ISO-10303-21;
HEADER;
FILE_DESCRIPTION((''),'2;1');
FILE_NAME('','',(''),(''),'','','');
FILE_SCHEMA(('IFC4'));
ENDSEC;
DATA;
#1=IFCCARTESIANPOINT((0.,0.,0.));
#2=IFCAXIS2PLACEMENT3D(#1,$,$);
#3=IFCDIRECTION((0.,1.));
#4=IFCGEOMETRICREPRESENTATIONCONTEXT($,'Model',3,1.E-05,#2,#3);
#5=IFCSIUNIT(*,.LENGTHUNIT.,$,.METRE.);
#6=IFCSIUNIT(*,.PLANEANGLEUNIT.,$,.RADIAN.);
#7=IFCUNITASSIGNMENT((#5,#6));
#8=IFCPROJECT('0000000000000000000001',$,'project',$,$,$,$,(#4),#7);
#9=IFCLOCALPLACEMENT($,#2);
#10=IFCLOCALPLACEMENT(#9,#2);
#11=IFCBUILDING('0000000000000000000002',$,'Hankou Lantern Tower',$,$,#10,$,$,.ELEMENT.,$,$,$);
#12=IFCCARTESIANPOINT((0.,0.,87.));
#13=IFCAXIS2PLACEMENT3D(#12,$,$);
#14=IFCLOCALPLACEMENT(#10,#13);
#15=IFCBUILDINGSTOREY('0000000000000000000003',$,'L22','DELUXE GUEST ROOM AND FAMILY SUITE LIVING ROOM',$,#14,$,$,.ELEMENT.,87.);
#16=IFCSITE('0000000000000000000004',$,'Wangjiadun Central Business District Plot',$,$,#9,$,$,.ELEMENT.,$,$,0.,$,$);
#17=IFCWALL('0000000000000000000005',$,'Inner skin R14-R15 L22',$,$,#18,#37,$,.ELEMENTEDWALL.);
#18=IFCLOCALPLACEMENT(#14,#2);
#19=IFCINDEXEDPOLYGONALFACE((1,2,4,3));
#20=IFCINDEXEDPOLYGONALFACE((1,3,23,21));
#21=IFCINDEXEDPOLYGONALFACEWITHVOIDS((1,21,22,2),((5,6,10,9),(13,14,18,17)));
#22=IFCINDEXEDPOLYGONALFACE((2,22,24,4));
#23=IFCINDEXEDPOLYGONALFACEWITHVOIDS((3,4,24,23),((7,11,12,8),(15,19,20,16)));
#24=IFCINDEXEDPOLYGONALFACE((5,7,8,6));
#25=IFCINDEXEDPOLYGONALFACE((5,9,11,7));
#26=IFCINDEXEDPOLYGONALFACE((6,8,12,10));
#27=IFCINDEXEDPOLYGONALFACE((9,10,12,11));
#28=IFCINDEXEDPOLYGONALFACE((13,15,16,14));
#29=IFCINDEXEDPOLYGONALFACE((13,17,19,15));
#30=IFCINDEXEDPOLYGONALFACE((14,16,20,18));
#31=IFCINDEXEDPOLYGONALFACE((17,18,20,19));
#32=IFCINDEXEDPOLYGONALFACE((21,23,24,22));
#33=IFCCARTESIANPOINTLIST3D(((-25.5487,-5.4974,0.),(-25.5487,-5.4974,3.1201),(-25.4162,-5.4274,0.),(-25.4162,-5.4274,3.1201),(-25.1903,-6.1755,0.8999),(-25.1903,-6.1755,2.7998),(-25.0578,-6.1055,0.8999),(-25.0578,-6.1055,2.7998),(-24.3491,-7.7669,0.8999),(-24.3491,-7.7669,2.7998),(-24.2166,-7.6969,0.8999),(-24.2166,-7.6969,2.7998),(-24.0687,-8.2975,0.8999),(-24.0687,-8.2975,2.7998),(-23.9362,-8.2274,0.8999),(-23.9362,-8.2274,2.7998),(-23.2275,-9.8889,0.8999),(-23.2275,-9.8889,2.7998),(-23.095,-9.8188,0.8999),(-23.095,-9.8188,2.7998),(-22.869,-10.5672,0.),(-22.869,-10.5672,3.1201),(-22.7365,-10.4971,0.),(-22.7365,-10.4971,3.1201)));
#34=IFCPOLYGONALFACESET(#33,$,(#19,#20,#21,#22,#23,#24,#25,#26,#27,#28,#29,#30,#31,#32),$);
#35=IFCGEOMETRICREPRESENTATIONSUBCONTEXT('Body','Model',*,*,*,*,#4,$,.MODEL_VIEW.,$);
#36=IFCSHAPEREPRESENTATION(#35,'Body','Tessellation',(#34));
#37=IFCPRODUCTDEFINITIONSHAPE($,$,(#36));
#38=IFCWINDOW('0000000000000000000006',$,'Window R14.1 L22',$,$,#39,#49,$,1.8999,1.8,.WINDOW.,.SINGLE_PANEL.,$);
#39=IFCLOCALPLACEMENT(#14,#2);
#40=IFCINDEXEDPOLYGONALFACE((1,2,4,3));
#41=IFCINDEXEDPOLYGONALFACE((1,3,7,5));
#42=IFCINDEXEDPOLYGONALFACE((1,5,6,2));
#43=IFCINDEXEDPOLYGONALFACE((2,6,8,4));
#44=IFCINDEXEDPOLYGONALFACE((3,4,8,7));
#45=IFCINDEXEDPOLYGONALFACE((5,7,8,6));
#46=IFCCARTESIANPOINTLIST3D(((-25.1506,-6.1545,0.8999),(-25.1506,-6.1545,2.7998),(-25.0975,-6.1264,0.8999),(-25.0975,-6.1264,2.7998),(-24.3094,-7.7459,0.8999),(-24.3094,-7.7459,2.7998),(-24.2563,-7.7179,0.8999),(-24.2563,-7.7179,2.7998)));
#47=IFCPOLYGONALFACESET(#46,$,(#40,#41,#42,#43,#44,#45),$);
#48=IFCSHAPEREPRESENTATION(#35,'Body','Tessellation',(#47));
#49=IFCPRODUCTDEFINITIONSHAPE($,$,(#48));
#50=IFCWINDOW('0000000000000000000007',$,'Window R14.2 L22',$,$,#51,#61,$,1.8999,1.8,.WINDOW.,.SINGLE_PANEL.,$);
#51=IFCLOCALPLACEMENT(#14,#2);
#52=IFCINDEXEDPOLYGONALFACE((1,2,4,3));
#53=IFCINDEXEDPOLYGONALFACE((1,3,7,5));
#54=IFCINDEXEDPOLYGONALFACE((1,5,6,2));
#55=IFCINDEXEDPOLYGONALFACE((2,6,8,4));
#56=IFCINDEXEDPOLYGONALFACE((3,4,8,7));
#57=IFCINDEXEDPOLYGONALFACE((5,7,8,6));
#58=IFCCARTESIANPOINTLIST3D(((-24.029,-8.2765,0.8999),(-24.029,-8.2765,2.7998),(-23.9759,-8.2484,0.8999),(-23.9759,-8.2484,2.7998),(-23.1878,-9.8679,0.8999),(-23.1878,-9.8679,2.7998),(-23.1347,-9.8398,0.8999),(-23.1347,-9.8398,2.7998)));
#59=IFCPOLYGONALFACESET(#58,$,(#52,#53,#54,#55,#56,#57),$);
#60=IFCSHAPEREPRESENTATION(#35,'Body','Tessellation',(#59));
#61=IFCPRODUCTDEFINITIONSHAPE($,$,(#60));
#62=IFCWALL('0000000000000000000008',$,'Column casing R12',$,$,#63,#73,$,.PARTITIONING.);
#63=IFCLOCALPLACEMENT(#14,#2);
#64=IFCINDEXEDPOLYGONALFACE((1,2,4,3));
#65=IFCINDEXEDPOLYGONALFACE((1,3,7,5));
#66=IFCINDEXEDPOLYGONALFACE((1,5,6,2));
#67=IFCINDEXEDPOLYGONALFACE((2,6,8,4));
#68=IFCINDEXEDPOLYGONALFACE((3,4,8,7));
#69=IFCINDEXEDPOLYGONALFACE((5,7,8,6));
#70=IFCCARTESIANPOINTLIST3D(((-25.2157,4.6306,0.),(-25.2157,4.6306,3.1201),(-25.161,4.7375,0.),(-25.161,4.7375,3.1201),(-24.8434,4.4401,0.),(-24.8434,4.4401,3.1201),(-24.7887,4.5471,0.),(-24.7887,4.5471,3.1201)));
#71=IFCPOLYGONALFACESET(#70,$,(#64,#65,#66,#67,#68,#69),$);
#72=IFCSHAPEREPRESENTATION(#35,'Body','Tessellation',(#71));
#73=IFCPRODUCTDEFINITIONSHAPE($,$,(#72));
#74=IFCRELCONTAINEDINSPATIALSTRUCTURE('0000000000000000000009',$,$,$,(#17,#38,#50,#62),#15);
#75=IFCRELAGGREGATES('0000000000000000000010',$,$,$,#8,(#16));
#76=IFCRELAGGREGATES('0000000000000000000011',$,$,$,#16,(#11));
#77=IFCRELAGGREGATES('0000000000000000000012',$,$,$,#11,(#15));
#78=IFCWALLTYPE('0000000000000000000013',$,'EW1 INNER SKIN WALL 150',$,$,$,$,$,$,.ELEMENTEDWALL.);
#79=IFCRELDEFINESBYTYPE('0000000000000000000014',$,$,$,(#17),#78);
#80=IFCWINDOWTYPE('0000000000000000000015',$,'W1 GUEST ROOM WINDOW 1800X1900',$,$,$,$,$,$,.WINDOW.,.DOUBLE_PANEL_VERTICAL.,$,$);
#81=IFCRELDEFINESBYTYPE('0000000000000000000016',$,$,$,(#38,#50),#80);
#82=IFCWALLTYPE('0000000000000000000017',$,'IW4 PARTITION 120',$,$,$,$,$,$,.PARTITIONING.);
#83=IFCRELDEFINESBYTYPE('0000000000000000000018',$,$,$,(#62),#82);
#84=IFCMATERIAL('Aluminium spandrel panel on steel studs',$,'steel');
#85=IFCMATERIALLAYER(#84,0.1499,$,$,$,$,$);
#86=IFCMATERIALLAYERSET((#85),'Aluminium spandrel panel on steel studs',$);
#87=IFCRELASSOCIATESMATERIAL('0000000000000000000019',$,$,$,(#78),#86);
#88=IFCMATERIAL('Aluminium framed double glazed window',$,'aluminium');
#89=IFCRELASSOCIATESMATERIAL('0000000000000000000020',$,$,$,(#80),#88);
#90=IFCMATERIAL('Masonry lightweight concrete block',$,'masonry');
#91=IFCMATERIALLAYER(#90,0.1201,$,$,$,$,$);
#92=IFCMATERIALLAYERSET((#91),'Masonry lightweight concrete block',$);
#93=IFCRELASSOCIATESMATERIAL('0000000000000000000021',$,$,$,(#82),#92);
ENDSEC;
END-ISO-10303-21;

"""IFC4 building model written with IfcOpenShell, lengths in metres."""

from ifc_helpers import new_model, si_unit, direction, frame, frame_2d, origin, place, context, subcontext, project, spatial, rectangle, extrude, material, layer, layer_set, type_object, element, fill, save


model = new_model("IFC4")

# Units and contexts
model_context = context("Model", 3, precision=1e-05, world=origin(), true_north=direction((0.0, 1.0)))
body_context = subcontext(model_context, "Body", "Model", "MODEL_VIEW")
ifc_project = project(units=[si_unit("LENGTHUNIT", "METRE"), si_unit("PLANEANGLEUNIT", "RADIAN")], contexts=[model_context])

# Site, building, storey
site_placement = place(None, origin())
site = spatial("IfcSite", under=ifc_project, at=site_placement, Name="Wangjiadun Central Business District Plot", CompositionType="ELEMENT", RefElevation=0.0)
building_placement = place(site_placement, origin())
building = spatial("IfcBuilding", under=site, at=building_placement, Name="Hankou Lantern Tower", CompositionType="ELEMENT")
storey_placement = place(building_placement, frame((0.0, 0.0, 87.0)))
storey = spatial("IfcBuildingStorey", under=building, at=storey_placement, Name="L22", Description="DELUXE GUEST ROOM AND FAMILY SUITE LIVING ROOM", CompositionType="ELEMENT", Elevation=87.0)

# Wall, openings, windows
ifc_material_1 = material(Name="Aluminium spandrel panel on steel studs", Category="steel")
ifc_layer_1 = layer(ifc_material_1, 0.1499)
ifc_layer_set_1 = layer_set([ifc_layer_1], Name="Aluminium spandrel panel on steel studs")
wall_type_1 = type_object("IfcWallType", Name="EW1 INNER SKIN WALL 150", PredefinedType="ELEMENTEDWALL", material=ifc_layer_set_1)
ifc_material_2 = material(Name="Aluminium framed double glazed window", Category="aluminium")
window_type = type_object("IfcWindowType", Name="W1 GUEST ROOM WINDOW 1800X1900", PartitioningType="DOUBLE_PANEL_VERTICAL", PredefinedType="WINDOW", material=ifc_material_2)
wall_1_placement = place(storey_placement, frame((-25.4824, -5.4624, 0.0), z_axis=(0.0, 0.0, 1.0), x_axis=(0.467297, -0.8841, 0.0)))
wall_1 = element("IfcWall", 1, at=wall_1_placement, inside=storey, type_object=wall_type_1, Name="Inner skin R14-R15 L22", PredefinedType="ELEMENTEDWALL", context=body_context, shape_type="SweptSolid", body=[
    extrude(rectangle(XDim=5.7344, YDim=0.1499, at=frame_2d((2.8672, 0.0))), origin(), (0.0, 0.0, 1.0), 3.1201),
])
opening_1_placement = place(wall_1_placement, frame((0.7671, 0.0, 0.8999)))
opening_1 = element("IfcOpeningElement", 2, at=opening_1_placement, cuts=wall_1, PredefinedType="OPENING", context=body_context, shape_type="SweptSolid", body=[
    extrude(rectangle(XDim=1.8, YDim=1.8999, at=frame_2d((0.8999, 0.95))), frame((0.0, 0.085, 0.0), z_axis=(0.0, -1.0, 0.0), x_axis=(1.0, 0.0, 0.0)), (0.0, 0.0, 1.0), 0.1699),
])
opening_2_placement = place(wall_1_placement, frame((3.1672, 0.0, 0.8999)))
opening_2 = element("IfcOpeningElement", 3, at=opening_2_placement, cuts=wall_1, PredefinedType="OPENING", context=body_context, shape_type="SweptSolid", body=[
    extrude(rectangle(XDim=1.8, YDim=1.8999, at=frame_2d((0.8999, 0.95))), frame((0.0, 0.085, 0.0), z_axis=(0.0, -1.0, 0.0), x_axis=(1.0, 0.0, 0.0)), (0.0, 0.0, 1.0), 0.1699),
])
window_1_placement = place(opening_1_placement, origin())
window_1 = element("IfcWindow", 4, at=window_1_placement, inside=storey, type_object=window_type, Name="Window R14.1 L22", OverallHeight=1.8999, OverallWidth=1.8, PartitioningType="SINGLE_PANEL", PredefinedType="WINDOW", context=body_context, shape_type="SweptSolid", body=[
    extrude(rectangle(XDim=1.8, YDim=1.8999, at=frame_2d((0.8999, 0.95))), frame((0.0, 0.03, 0.0), z_axis=(0.0, -1.0, 0.0), x_axis=(1.0, 0.0, 0.0)), (0.0, 0.0, 1.0), 0.0601),
])
fill(opening_1, window_1)
window_2_placement = place(opening_2_placement, origin())
window_2 = element("IfcWindow", 5, at=window_2_placement, inside=storey, type_object=window_type, Name="Window R14.2 L22", OverallHeight=1.8999, OverallWidth=1.8, PartitioningType="SINGLE_PANEL", PredefinedType="WINDOW", context=body_context, shape_type="SweptSolid", body=[
    extrude(rectangle(XDim=1.8, YDim=1.8999, at=frame_2d((0.8999, 0.95))), frame((0.0, 0.03, 0.0), z_axis=(0.0, -1.0, 0.0), x_axis=(1.0, 0.0, 0.0)), (0.0, 0.0, 1.0), 0.0601),
])
fill(opening_2, window_2)

# Wall
ifc_material_3 = material(Name="Masonry lightweight concrete block", Category="masonry")
ifc_layer_2 = layer(ifc_material_3, 0.1201)
ifc_layer_set_2 = layer_set([ifc_layer_2], Name="Masonry lightweight concrete block")
wall_type_2 = type_object("IfcWallType", Name="IW4 PARTITION 120", PredefinedType="PARTITIONING", material=ifc_layer_set_2)
wall_2_placement = place(storey_placement, frame((-24.8162, 4.4937, 0.0), z_axis=(0.0, 0.0, 1.0), x_axis=(-0.890303, 0.455368, 0.0)))
element("IfcWall", 6, at=wall_2_placement, inside=storey, type_object=wall_type_2, Name="Column casing R12", PredefinedType="PARTITIONING", context=body_context, shape_type="SweptSolid", body=[
    extrude(rectangle(XDim=0.4182, YDim=0.1201, at=frame_2d((0.209, 0.0))), origin(), (0.0, 0.0, 1.0), 3.1201),
])

save(model, "model.ifc")
